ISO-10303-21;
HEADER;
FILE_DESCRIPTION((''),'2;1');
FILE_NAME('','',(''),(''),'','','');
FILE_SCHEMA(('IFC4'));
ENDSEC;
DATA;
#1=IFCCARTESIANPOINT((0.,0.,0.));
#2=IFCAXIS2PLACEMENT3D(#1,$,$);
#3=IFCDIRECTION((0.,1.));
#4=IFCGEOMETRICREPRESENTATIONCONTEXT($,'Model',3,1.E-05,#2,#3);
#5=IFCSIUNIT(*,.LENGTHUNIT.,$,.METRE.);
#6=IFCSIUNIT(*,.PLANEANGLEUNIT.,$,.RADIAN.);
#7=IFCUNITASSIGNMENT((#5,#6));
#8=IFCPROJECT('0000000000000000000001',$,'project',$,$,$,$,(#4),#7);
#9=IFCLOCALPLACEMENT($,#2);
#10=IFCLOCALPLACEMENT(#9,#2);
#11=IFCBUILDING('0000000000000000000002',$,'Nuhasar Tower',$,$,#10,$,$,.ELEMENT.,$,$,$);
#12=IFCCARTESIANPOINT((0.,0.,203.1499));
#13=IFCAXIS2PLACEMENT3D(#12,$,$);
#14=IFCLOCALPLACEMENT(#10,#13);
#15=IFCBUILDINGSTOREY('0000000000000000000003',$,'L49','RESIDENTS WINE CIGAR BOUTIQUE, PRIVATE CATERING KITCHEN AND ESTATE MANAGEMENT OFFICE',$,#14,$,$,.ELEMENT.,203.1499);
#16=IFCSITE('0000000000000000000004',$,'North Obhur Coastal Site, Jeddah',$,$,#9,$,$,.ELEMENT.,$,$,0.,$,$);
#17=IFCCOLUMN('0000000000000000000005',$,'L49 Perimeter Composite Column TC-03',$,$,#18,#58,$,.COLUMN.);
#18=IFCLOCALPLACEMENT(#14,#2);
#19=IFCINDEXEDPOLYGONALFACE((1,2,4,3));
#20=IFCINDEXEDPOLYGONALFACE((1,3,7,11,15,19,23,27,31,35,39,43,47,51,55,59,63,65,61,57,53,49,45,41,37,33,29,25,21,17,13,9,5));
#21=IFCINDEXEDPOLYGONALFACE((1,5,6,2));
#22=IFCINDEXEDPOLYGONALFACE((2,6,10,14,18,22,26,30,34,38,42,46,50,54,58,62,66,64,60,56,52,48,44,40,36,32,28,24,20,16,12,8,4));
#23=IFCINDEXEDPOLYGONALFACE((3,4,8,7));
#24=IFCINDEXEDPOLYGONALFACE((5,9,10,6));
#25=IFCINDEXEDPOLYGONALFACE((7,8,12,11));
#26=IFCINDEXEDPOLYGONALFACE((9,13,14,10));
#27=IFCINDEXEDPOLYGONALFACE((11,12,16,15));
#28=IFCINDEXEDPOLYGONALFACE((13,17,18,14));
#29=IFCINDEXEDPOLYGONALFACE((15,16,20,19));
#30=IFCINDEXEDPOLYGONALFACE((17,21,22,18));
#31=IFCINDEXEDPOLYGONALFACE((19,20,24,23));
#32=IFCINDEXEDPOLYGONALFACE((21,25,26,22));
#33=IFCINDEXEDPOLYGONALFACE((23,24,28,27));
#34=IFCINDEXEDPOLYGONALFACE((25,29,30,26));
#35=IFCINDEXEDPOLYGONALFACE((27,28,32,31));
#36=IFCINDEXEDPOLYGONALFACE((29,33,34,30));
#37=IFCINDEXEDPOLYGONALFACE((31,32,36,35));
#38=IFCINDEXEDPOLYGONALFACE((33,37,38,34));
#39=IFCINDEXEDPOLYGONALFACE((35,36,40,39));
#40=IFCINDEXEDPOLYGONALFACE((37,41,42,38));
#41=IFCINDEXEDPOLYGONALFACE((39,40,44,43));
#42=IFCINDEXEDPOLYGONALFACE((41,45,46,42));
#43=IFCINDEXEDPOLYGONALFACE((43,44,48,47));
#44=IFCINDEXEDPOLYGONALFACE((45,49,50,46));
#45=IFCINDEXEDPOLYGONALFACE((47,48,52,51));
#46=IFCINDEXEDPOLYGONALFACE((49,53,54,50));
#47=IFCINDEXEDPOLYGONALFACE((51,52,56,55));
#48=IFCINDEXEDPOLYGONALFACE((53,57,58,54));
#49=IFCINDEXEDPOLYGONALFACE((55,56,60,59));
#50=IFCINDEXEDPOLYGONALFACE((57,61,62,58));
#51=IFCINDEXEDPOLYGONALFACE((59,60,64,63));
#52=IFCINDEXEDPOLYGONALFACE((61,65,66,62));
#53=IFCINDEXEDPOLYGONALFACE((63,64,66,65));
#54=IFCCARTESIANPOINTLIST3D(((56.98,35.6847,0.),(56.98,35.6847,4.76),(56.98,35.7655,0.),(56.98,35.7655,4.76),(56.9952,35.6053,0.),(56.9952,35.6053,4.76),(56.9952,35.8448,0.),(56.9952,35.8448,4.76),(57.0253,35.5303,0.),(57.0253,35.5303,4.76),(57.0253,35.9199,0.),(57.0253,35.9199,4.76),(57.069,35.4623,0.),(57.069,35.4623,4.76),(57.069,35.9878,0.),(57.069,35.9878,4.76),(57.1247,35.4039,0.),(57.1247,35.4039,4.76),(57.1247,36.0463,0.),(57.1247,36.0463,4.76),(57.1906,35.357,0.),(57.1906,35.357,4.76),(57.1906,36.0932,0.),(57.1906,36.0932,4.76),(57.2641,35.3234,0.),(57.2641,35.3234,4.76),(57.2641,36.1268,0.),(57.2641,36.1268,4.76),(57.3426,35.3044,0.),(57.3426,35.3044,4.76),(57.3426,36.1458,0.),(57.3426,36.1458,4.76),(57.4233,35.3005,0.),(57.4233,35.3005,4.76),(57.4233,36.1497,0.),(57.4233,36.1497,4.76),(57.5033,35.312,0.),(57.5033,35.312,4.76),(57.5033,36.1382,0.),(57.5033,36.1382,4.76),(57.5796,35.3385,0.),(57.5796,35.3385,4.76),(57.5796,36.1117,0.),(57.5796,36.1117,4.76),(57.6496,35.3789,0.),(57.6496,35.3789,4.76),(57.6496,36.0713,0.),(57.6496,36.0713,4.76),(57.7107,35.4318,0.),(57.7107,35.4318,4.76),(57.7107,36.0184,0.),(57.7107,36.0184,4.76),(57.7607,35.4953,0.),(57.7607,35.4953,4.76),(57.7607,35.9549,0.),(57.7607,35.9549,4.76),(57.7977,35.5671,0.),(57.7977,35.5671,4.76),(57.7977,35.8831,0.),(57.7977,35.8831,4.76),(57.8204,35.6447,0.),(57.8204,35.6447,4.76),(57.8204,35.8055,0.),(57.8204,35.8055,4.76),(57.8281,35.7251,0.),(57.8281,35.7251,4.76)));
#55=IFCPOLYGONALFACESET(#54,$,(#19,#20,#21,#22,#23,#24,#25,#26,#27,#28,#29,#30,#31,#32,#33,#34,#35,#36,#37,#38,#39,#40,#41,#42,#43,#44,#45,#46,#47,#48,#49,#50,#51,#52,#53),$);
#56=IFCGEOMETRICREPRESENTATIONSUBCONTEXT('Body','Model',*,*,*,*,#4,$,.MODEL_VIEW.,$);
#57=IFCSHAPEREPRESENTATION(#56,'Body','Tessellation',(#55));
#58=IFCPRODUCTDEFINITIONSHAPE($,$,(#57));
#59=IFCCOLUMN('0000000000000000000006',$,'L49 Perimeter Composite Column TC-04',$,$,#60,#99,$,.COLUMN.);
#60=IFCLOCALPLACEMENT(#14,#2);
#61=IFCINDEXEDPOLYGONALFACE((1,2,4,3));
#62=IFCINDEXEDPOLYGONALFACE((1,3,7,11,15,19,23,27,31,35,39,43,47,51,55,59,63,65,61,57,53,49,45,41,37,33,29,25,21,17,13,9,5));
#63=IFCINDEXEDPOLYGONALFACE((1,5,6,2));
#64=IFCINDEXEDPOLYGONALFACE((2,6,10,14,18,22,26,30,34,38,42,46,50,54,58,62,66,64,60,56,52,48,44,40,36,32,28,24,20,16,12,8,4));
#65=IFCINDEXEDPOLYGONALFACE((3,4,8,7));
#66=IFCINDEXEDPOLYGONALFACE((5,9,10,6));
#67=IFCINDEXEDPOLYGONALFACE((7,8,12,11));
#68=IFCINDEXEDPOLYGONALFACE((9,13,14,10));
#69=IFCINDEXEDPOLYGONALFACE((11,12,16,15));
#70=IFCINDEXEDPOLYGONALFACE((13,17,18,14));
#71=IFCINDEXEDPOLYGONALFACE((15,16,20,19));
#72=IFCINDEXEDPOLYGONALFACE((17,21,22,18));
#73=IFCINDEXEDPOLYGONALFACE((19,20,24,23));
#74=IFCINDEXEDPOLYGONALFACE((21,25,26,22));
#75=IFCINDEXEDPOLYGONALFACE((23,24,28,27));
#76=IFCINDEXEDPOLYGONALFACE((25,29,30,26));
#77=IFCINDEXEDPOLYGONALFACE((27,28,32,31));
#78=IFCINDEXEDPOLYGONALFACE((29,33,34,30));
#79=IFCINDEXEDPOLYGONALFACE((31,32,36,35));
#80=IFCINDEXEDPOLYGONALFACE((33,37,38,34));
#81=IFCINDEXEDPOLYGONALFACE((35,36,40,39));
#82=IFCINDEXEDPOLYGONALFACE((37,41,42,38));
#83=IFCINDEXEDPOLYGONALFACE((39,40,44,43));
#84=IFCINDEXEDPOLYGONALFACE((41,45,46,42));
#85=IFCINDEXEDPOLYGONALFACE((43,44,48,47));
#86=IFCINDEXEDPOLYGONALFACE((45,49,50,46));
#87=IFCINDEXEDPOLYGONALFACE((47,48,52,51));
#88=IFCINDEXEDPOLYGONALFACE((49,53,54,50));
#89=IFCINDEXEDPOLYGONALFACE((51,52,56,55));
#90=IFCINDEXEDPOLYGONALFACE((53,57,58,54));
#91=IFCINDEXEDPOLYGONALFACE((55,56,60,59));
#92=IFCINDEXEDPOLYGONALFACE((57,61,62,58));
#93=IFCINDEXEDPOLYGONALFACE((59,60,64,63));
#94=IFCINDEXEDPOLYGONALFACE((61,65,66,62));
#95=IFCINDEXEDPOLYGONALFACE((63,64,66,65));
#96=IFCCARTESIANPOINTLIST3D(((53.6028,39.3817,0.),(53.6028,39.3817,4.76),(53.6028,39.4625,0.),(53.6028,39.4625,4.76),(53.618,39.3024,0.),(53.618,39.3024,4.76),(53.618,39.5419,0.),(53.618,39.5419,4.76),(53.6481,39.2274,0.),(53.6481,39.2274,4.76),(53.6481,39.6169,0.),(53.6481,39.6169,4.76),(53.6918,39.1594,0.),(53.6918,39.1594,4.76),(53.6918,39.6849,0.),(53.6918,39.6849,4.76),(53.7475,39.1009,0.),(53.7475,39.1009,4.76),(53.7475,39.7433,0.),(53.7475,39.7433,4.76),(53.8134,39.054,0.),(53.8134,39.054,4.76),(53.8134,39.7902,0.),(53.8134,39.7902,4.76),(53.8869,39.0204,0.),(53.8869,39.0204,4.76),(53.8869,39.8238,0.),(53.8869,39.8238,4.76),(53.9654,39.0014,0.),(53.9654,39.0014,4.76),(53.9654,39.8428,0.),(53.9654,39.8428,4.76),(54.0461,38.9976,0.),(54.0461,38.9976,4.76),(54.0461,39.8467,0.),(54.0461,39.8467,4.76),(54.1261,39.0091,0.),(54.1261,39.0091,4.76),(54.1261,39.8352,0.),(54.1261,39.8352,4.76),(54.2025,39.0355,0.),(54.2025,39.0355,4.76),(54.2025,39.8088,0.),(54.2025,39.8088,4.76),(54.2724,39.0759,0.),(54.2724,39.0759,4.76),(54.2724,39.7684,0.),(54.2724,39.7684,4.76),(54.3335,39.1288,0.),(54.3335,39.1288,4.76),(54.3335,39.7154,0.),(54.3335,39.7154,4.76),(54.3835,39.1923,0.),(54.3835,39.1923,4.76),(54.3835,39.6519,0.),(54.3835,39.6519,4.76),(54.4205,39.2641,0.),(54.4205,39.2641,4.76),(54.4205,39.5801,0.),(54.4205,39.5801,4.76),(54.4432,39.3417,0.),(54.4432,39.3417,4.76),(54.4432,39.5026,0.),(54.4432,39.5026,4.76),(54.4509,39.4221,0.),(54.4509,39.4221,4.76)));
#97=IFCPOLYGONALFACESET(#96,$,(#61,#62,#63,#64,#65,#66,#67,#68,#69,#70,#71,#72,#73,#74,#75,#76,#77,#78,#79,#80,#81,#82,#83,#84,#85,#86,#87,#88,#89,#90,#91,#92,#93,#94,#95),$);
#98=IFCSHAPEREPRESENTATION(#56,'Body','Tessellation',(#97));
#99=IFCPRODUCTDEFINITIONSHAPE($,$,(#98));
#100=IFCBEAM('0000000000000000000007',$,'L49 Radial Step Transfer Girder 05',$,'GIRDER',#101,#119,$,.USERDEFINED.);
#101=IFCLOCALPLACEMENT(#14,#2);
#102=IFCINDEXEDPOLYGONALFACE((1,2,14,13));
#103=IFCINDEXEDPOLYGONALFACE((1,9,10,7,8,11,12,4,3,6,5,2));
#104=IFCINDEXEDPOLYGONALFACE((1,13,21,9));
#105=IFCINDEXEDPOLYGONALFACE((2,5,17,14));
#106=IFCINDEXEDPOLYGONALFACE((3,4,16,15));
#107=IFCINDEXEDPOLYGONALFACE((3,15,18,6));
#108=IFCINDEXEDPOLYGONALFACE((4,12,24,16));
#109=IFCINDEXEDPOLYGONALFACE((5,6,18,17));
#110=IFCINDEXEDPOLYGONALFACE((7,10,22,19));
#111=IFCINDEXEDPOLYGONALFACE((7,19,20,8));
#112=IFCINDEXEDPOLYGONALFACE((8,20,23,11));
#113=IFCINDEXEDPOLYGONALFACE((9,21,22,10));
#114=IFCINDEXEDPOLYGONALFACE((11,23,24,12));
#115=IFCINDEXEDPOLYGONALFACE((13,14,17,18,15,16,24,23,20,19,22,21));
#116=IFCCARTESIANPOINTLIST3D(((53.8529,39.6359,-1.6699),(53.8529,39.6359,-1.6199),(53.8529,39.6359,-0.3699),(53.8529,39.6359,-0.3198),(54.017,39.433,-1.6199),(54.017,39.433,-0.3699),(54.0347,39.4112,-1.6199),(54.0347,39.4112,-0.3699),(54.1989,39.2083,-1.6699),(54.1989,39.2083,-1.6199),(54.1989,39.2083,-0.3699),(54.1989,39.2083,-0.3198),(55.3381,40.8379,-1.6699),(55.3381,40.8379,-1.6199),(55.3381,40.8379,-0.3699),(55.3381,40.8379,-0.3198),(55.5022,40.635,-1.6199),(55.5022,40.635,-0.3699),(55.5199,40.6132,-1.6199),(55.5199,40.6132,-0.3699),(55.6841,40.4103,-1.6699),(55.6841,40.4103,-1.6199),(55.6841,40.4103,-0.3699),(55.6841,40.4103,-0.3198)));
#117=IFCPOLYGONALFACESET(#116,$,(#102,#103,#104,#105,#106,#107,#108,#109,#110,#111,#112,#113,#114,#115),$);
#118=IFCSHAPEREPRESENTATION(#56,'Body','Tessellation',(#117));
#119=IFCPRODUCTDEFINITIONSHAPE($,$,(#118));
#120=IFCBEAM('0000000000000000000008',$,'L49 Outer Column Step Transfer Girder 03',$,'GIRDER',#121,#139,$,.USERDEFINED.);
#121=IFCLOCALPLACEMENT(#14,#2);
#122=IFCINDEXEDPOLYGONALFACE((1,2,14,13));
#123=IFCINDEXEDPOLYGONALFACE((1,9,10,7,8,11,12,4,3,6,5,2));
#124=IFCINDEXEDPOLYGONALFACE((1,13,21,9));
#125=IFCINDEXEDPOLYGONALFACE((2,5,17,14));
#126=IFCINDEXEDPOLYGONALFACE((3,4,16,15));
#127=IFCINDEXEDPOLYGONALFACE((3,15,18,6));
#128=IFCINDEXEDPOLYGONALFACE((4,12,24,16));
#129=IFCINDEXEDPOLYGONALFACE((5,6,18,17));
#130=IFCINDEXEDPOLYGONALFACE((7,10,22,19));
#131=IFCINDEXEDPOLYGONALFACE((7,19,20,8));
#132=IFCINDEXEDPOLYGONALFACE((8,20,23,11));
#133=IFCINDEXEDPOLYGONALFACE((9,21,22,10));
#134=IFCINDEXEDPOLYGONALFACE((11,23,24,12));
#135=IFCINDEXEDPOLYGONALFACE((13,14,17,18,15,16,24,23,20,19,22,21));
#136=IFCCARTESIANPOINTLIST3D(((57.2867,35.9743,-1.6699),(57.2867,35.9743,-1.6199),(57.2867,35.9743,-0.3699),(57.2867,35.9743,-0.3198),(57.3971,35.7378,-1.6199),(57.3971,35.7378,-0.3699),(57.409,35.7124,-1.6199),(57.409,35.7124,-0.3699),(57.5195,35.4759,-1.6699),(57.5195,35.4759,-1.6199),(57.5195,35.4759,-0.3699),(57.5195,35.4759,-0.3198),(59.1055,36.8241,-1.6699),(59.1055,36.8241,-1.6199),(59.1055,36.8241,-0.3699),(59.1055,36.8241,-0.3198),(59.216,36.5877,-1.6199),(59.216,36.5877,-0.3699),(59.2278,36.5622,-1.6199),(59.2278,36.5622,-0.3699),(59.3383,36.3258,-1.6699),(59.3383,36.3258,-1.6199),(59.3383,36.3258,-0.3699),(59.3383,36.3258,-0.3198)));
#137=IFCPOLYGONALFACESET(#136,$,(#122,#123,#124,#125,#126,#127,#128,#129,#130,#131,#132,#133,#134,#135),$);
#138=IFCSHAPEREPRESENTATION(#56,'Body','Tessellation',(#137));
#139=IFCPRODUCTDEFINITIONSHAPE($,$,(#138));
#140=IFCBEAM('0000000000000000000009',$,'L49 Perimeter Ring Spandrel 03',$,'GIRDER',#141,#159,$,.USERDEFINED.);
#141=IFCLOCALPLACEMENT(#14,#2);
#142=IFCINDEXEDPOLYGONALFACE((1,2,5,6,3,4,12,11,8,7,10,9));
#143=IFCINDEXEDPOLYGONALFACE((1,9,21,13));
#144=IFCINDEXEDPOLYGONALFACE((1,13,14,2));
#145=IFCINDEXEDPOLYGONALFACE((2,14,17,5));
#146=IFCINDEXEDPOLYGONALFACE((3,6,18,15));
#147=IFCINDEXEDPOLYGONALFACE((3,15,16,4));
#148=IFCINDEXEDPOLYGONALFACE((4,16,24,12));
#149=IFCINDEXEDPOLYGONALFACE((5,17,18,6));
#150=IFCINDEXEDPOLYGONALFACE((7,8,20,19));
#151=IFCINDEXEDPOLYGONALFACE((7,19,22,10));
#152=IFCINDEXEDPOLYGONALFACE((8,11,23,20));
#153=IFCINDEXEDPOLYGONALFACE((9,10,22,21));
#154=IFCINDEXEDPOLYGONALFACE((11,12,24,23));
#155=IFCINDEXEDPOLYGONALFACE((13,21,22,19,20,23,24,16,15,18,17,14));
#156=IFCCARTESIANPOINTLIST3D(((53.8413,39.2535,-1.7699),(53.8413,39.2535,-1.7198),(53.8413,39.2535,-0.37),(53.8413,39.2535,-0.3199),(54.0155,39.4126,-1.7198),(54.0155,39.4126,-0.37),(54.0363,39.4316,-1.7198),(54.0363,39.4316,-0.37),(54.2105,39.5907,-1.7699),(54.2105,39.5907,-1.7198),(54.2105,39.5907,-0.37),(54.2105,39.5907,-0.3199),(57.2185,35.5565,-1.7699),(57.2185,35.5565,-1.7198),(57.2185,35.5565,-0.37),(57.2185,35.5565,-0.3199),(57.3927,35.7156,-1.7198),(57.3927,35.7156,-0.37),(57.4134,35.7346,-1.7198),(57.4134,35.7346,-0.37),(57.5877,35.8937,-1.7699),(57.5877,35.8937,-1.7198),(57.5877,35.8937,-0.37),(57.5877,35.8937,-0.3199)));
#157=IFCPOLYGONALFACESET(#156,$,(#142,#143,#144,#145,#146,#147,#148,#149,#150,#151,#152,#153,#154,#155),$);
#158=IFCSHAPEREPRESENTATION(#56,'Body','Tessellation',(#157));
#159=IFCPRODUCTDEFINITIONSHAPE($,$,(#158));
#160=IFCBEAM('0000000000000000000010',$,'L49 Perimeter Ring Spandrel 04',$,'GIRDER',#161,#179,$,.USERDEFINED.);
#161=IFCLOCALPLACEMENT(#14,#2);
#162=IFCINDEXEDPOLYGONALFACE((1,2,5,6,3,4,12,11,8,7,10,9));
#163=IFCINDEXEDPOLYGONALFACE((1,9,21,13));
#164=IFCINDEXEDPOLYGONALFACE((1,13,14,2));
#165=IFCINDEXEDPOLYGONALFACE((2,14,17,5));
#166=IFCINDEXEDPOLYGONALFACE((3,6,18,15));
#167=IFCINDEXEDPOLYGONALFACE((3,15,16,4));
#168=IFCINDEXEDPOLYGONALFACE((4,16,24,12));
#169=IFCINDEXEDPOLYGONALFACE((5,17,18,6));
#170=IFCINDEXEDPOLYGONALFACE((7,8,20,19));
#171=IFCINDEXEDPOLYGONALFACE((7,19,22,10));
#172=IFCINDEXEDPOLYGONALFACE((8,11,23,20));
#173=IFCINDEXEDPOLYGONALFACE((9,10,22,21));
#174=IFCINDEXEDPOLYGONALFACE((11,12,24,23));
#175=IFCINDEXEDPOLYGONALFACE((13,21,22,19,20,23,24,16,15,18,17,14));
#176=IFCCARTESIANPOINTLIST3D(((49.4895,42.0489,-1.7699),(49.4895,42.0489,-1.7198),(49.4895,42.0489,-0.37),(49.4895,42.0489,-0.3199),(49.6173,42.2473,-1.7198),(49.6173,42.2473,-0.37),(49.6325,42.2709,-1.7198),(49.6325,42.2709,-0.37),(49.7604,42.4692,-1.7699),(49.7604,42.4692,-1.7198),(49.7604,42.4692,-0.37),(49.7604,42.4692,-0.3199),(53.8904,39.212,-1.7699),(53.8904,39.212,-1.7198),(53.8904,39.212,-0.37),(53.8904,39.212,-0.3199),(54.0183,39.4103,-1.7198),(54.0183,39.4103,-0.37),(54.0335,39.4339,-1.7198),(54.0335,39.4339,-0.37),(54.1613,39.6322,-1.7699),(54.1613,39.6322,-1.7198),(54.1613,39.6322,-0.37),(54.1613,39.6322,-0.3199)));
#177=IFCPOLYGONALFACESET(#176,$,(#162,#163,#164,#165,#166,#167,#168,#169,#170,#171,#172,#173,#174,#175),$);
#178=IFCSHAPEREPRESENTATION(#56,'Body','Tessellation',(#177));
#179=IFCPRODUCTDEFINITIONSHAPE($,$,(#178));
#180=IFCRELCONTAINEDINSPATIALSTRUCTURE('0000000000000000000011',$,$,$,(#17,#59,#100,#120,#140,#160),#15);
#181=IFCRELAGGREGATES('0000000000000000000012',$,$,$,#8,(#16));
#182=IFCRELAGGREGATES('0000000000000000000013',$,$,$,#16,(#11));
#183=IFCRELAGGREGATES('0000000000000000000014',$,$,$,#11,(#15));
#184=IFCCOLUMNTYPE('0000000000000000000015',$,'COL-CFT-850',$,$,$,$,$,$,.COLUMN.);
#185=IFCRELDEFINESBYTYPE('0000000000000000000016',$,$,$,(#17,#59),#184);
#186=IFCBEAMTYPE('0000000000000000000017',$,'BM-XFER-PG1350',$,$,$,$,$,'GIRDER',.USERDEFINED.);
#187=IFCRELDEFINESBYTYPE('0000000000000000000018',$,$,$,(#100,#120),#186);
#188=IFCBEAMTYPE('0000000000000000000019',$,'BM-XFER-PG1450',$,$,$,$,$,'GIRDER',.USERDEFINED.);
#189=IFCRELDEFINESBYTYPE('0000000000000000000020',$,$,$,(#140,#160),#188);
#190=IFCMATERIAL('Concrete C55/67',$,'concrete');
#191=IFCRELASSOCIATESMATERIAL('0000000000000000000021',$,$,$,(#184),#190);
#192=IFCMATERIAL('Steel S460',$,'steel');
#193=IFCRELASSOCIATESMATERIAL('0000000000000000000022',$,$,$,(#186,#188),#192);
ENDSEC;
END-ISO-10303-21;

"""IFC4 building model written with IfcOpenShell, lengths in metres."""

from ifc_helpers import new_model, si_unit, direction, frame, origin, origin_2d, place, context, subcontext, project, spatial, circle, i_section, extrude, material, material_profile, profile_set, type_object, element, save


model = new_model("IFC4")

# Units and contexts
model_context = context("Model", 3, precision=1e-05, world=origin(), true_north=direction((0.0, 1.0)))
body_context = subcontext(model_context, "Body", "Model", "MODEL_VIEW")
ifc_project = project(units=[si_unit("LENGTHUNIT", "METRE"), si_unit("PLANEANGLEUNIT", "RADIAN")], contexts=[model_context])

# Site, building, storey
site_placement = place(None, origin())
site = spatial("IfcSite", under=ifc_project, at=site_placement, Name="North Obhur Coastal Site, Jeddah", CompositionType="ELEMENT", RefElevation=0.0)
building_placement = place(site_placement, origin())
building = spatial("IfcBuilding", under=site, at=building_placement, Name="Nuhasar Tower", CompositionType="ELEMENT")
storey_placement = place(building_placement, frame((0.0, 0.0, 203.1499)))
storey = spatial("IfcBuildingStorey", under=building, at=storey_placement, Name="L49", Description="RESIDENTS WINE CIGAR BOUTIQUE, PRIVATE CATERING KITCHEN AND ESTATE MANAGEMENT OFFICE", CompositionType="ELEMENT", Elevation=203.1499)

# Columns
ifc_material_1 = material(Name="Concrete C55/67", Category="concrete")
ifc_material_profile_1 = material_profile(ifc_material_1, circle(Radius=0.425, at=origin_2d()), Name="CFT850")
ifc_profile_set_1 = profile_set([ifc_material_profile_1], Name="Concrete C55/67")
column_type = type_object("IfcColumnType", Name="COL-CFT-850", PredefinedType="COLUMN", material=ifc_profile_set_1)
for number, where, z_axis, x_axis, name in (
    (1, (57.4031, 35.7251, 0.0), (0.0, 0.0, 1.0), (1.0, 0.0, 0.0), "L49 Perimeter Composite Column TC-03"),
    (2, (54.0259, 39.4221, 0.0), (0.0, 0.0, 1.0), (1.0, 0.0, 0.0), "L49 Perimeter Composite Column TC-04"),
):
    element("IfcColumn", number, at=place(storey_placement, frame(where, z_axis=z_axis, x_axis=x_axis)), inside=storey, type_object=column_type, Name=name, PredefinedType="COLUMN", context=body_context, shape_type="SweptSolid", body=[
        extrude(circle(Radius=0.425, at=origin_2d()), origin(), (0.0, 0.0, 1.0), 4.76),
    ])

# Beams
ifc_material_2 = material(Name="Steel S460", Category="steel")
ifc_material_profile_2 = material_profile(ifc_material_2, i_section(OverallWidth=0.55, OverallDepth=1.3501, WebThickness=0.0281, FlangeThickness=0.05, at=origin_2d()), Name="PG1350X550")
ifc_profile_set_2 = profile_set([ifc_material_profile_2], Name="Steel S460")
beam_type_1 = type_object("IfcBeamType", Name="BM-XFER-PG1350", ElementType="GIRDER", PredefinedType="USERDEFINED", material=ifc_profile_set_2)
beam_1_placement = place(storey_placement, frame((54.0259, 39.4221, -0.9949), z_axis=(0.777328, 0.629095, 0.0), x_axis=(-0.629095, 0.777328, 0.0)))
element("IfcBeam", 3, at=beam_1_placement, inside=storey, type_object=beam_type_1, Name="L49 Radial Step Transfer Girder 05", ObjectType="GIRDER", PredefinedType="USERDEFINED", context=body_context, shape_type="SweptSolid", body=[
    extrude(i_section(OverallWidth=0.55, OverallDepth=1.3501, WebThickness=0.0281, FlangeThickness=0.05, at=origin_2d()), origin(), (0.0, 0.0, 1.0), 1.9106),
])
beam_2_placement = place(storey_placement, frame((57.4031, 35.7251, -0.9949), z_axis=(0.905981, 0.423318, 0.0), x_axis=(-0.423318, 0.905981, 0.0)))
element("IfcBeam", 4, at=beam_2_placement, inside=storey, type_object=beam_type_1, Name="L49 Outer Column Step Transfer Girder 03", ObjectType="GIRDER", PredefinedType="USERDEFINED", context=body_context, shape_type="SweptSolid", body=[
    extrude(i_section(OverallWidth=0.55, OverallDepth=1.3501, WebThickness=0.0281, FlangeThickness=0.05, at=origin_2d()), origin(), (0.0, 0.0, 1.0), 2.0076),
])
ifc_material_profile_3 = material_profile(ifc_material_2, i_section(OverallWidth=0.5, OverallDepth=1.45, WebThickness=0.0281, FlangeThickness=0.05, at=origin_2d()), Name="PG1450X500")
ifc_profile_set_3 = profile_set([ifc_material_profile_3], Name="Steel S460")
beam_type_2 = type_object("IfcBeamType", Name="BM-XFER-PG1450", ElementType="GIRDER", PredefinedType="USERDEFINED", material=ifc_profile_set_3)
beam_3_placement = place(storey_placement, frame((57.4031, 35.7251, -1.0449), z_axis=(-0.67445, 0.738321, 0.0), x_axis=(-0.738321, -0.67445, 0.0)))
element("IfcBeam", 5, at=beam_3_placement, inside=storey, type_object=beam_type_2, Name="L49 Perimeter Ring Spandrel 03", ObjectType="GIRDER", PredefinedType="USERDEFINED", context=body_context, shape_type="SweptSolid", body=[
    extrude(i_section(OverallWidth=0.5, OverallDepth=1.45, WebThickness=0.0281, FlangeThickness=0.05, at=origin_2d()), origin(), (0.0, 0.0, 1.0), 5.0073),
])
beam_4_placement = place(storey_placement, frame((54.0259, 39.4221, -1.0449), z_axis=(-0.840502, 0.541808, 0.0), x_axis=(-0.541808, -0.840502, 0.0)))
element("IfcBeam", 6, at=beam_4_placement, inside=storey, type_object=beam_type_2, Name="L49 Perimeter Ring Spandrel 04", ObjectType="GIRDER", PredefinedType="USERDEFINED", context=body_context, shape_type="SweptSolid", body=[
    extrude(i_section(OverallWidth=0.5, OverallDepth=1.45, WebThickness=0.0281, FlangeThickness=0.05, at=origin_2d()), origin(), (0.0, 0.0, 1.0), 5.2361),
])

save(model, "model.ifc")
